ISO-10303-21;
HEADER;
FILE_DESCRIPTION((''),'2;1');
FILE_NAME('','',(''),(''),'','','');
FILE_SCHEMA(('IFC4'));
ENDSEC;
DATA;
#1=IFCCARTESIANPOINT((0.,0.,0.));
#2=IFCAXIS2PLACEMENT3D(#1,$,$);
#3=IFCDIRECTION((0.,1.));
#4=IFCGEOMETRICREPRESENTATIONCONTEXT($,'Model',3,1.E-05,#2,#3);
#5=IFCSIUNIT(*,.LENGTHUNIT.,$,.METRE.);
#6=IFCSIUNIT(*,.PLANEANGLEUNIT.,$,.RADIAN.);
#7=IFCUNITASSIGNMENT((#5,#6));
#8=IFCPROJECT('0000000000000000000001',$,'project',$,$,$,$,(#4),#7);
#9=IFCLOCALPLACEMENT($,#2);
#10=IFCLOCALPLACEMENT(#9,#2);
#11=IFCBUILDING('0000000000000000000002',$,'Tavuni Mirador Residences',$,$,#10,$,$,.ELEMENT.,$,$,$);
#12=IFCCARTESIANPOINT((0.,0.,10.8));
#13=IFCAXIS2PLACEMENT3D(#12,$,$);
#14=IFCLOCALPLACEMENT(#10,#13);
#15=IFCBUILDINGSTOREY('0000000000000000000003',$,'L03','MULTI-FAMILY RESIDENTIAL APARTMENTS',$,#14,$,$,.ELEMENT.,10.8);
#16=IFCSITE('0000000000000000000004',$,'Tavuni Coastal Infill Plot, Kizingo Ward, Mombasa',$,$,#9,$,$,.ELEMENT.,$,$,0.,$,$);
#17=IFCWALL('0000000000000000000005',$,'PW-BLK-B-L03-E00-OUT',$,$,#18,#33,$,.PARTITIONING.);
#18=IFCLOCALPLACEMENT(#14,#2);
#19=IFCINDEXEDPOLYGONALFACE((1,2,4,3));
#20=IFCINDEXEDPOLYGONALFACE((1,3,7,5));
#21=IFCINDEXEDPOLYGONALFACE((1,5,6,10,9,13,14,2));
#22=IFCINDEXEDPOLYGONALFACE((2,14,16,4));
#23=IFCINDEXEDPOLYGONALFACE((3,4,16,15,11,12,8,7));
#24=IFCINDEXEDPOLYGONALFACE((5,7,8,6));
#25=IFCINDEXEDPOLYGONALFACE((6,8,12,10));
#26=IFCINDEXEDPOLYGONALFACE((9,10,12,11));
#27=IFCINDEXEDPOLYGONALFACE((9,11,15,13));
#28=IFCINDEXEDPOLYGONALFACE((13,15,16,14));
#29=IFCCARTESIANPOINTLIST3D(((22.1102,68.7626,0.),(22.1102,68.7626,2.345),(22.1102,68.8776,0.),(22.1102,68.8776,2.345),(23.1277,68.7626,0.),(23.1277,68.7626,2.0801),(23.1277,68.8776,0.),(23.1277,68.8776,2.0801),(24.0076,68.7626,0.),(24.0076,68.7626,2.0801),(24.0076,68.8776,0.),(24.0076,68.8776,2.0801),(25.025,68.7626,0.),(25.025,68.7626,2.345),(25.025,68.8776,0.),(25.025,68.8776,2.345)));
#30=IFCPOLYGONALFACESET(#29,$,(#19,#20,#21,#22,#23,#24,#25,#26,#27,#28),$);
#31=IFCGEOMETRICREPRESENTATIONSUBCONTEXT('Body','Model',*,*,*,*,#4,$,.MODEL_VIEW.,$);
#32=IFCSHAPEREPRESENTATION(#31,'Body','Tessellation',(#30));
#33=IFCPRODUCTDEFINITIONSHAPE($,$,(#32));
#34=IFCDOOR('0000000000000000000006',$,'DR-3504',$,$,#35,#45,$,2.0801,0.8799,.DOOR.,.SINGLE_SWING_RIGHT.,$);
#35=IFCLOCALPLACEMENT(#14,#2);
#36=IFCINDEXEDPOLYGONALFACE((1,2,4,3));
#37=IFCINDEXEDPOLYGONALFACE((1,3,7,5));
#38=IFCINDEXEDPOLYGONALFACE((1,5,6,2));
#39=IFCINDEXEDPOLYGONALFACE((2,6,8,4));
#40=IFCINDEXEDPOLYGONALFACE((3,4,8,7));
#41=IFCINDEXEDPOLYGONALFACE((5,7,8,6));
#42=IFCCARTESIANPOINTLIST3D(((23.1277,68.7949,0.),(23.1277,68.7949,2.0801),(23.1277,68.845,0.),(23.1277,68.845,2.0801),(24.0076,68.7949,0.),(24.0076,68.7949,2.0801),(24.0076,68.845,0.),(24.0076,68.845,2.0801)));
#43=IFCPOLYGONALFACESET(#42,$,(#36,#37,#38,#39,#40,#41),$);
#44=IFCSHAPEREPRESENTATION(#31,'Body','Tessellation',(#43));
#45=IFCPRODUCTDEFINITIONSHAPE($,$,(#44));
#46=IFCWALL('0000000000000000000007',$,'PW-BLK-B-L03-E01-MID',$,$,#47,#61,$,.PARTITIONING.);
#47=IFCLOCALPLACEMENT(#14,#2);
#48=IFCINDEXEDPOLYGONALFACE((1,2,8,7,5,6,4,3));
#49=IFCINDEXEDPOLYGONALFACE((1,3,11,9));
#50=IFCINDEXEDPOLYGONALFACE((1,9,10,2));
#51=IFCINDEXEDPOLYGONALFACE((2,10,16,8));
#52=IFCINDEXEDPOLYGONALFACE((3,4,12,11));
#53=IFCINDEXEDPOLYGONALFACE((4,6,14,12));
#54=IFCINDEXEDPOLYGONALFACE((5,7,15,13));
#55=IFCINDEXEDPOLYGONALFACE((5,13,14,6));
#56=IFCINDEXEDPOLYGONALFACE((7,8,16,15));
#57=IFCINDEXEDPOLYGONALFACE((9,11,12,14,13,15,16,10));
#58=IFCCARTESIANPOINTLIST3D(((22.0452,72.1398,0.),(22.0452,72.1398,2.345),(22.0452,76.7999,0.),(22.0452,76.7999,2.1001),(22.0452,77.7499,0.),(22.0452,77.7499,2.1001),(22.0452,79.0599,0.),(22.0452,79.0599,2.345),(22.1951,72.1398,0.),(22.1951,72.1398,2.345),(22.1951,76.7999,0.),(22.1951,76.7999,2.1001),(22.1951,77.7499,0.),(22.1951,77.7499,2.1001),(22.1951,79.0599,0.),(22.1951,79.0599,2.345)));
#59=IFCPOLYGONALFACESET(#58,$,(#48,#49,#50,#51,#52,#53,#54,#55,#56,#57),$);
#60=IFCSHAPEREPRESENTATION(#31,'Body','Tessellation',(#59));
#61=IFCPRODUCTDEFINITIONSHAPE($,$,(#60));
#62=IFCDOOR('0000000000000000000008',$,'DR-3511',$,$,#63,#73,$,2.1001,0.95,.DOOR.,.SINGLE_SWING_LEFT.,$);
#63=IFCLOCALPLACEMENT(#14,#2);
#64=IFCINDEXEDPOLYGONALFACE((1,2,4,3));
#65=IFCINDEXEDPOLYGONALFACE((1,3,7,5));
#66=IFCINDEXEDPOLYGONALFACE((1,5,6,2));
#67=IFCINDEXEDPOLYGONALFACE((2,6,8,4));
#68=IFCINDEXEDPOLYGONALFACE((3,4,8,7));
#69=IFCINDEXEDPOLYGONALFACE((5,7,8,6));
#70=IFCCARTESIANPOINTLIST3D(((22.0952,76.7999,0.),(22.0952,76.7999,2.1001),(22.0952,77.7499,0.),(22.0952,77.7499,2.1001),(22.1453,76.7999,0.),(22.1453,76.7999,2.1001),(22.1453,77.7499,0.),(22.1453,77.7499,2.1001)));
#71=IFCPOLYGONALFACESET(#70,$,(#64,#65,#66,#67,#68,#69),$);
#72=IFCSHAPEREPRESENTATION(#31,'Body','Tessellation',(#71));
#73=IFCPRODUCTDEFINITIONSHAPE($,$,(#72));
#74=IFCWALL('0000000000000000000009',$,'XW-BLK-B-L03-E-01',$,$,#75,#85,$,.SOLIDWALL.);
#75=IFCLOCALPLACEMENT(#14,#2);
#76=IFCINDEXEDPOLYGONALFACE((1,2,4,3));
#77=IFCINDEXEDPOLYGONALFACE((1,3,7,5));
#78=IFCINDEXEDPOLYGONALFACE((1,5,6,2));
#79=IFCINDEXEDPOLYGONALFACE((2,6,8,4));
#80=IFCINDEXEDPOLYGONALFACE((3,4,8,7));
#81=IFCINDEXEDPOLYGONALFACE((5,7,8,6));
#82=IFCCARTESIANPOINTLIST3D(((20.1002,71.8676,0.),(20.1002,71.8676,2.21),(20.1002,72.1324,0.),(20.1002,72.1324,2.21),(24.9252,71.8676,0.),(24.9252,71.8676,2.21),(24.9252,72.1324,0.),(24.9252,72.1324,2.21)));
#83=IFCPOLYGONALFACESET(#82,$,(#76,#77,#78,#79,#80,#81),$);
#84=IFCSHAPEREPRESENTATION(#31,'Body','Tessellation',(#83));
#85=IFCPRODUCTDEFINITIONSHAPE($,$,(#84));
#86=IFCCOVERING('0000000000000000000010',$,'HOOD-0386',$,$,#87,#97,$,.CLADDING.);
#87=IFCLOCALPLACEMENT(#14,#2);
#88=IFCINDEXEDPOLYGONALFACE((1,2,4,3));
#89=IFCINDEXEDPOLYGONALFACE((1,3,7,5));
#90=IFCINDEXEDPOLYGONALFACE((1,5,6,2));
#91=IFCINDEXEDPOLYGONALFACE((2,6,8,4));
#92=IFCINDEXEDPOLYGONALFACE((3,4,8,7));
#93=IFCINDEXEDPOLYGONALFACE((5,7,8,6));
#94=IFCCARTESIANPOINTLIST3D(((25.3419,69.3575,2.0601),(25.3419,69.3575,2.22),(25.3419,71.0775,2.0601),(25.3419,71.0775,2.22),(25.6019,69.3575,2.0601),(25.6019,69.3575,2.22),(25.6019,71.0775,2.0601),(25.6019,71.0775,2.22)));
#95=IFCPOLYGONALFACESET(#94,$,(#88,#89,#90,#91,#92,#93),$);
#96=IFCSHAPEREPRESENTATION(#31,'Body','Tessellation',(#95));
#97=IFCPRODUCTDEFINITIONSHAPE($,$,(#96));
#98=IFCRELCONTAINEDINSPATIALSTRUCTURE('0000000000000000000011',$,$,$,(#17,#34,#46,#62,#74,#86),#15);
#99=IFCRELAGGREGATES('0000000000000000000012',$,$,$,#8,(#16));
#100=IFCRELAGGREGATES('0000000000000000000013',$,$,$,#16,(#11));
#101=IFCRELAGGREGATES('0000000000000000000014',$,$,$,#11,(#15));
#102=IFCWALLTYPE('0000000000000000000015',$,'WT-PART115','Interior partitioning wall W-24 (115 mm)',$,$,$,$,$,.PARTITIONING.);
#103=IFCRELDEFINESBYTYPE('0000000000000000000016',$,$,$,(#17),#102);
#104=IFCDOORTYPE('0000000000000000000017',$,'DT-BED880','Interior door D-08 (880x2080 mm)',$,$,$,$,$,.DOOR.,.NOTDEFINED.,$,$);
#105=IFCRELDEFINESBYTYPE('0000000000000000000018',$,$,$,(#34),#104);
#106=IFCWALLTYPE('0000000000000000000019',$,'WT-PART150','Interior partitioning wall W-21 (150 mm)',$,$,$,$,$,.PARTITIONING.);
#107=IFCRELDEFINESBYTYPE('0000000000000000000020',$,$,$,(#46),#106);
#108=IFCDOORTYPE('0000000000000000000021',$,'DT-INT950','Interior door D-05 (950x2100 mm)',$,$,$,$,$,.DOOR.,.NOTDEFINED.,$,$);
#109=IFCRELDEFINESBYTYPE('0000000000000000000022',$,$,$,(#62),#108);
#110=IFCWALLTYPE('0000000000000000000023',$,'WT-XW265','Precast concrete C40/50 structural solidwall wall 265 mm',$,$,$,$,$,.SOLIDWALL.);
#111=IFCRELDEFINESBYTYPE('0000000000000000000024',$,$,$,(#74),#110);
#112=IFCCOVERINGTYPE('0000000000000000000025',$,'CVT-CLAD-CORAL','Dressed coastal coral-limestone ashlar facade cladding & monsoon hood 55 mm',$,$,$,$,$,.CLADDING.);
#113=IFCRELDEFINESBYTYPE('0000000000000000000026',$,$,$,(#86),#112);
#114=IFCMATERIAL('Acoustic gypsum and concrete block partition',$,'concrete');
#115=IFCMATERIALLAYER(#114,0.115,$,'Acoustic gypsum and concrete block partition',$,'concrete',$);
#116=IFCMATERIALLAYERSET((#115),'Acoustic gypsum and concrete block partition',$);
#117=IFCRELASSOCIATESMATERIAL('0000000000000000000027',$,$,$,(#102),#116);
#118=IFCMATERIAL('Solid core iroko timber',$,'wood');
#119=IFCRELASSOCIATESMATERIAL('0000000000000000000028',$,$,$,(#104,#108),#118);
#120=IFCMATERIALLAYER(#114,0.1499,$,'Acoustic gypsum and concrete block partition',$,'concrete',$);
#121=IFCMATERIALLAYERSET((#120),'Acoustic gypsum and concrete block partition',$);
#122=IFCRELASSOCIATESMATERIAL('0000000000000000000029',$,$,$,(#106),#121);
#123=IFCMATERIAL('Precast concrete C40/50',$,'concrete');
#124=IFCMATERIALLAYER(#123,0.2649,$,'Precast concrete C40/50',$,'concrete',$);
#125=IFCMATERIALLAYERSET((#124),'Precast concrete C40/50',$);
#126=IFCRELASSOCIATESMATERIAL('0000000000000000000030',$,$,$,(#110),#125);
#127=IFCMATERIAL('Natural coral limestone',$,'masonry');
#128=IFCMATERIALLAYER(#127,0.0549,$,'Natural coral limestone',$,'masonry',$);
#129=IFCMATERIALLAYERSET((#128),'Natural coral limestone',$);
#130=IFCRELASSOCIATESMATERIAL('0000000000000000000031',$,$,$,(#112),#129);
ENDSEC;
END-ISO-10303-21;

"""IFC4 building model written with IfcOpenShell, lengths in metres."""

from ifc_helpers import new_model, si_unit, direction, frame, frame_2d, origin, origin_2d, place, context, subcontext, project, spatial, rectangle, extrude, material, layer, layer_set, type_object, element, fill, save


model = new_model("IFC4")

# Units and contexts
model_context = context("Model", 3, precision=1e-05, world=origin(), true_north=direction((0.0, 1.0)))
body_context = subcontext(model_context, "Body", "Model", "MODEL_VIEW")
ifc_project = project(units=[si_unit("LENGTHUNIT", "METRE"), si_unit("PLANEANGLEUNIT", "RADIAN")], contexts=[model_context])

# Site, building, storey
site_placement = place(None, origin())
site = spatial("IfcSite", under=ifc_project, at=site_placement, Name="Tavuni Coastal Infill Plot, Kizingo Ward, Mombasa", CompositionType="ELEMENT", RefElevation=0.0)
building_placement = place(site_placement, origin())
building = spatial("IfcBuilding", under=site, at=building_placement, Name="Tavuni Mirador Residences", CompositionType="ELEMENT")
storey_placement = place(building_placement, frame((0.0, 0.0, 10.8)))
storey = spatial("IfcBuildingStorey", under=building, at=storey_placement, Name="L03", Description="MULTI-FAMILY RESIDENTIAL APARTMENTS", CompositionType="ELEMENT", Elevation=10.8)

# Shared definitions
ifc_material_1 = material(Name="Precast concrete C40/50", Category="concrete")

# Shared definitions
ifc_material_2 = material(Name="Solid core iroko timber", Category="wood")

# Walls, openings, doors
ifc_material_3 = material(Name="Acoustic gypsum and concrete block partition", Category="concrete")
ifc_layer_1 = layer(ifc_material_3, 0.115, Name="Acoustic gypsum and concrete block partition", Category="concrete")
ifc_layer_set_1 = layer_set([ifc_layer_1], Name="Acoustic gypsum and concrete block partition")
wall_type_1 = type_object("IfcWallType", Name="WT-PART115", Description="Interior partitioning wall W-24 (115 mm)", PredefinedType="PARTITIONING", material=ifc_layer_set_1)
wall_1_placement = place(storey_placement, frame((22.1101, 68.8201, 0.0), z_axis=(0.0, 0.0, 1.0), x_axis=(1.0, 0.0, 0.0)))
wall_1 = element("IfcWall", 1, at=wall_1_placement, inside=storey, type_object=wall_type_1, Name="PW-BLK-B-L03-E00-OUT", PredefinedType="PARTITIONING", context=body_context, shape_type="SweptSolid", body=[
    extrude(rectangle(XDim=2.9148, YDim=0.115, at=frame_2d((1.4575, 0.0))), origin(), (0.0, 0.0, 1.0), 2.345),
])
opening_1_placement = place(wall_1_placement, frame((1.0176, 0.0, 0.0)))
opening_1 = element("IfcOpeningElement", 2, at=opening_1_placement, cuts=wall_1, PredefinedType="OPENING", context=body_context, shape_type="SweptSolid", body=[
    extrude(rectangle(XDim=0.8799, YDim=2.0801, at=frame_2d((0.4399, 1.04))), frame((0.0, 0.0674, 0.0), z_axis=(0.0, -1.0, 0.0), x_axis=(1.0, 0.0, 0.0)), (0.0, 0.0, 1.0), 0.135),
])
door_type_1 = type_object("IfcDoorType", Name="DT-BED880", Description="Interior door D-08 (880x2080 mm)", OperationType="NOTDEFINED", PredefinedType="DOOR", material=ifc_material_2)
door_1_placement = place(opening_1_placement, origin())
door_1 = element("IfcDoor", 3, at=door_1_placement, inside=storey, type_object=door_type_1, Name="DR-3504", OperationType="SINGLE_SWING_RIGHT", OverallHeight=2.0801, OverallWidth=0.8799, PredefinedType="DOOR", context=body_context, shape_type="SweptSolid", body=[
    extrude(rectangle(XDim=0.8799, YDim=2.0801, at=frame_2d((0.4399, 1.04))), frame((0.0, 0.0249, 0.0), z_axis=(0.0, -1.0, 0.0), x_axis=(1.0, 0.0, 0.0)), (0.0, 0.0, 1.0), 0.05),
])
fill(opening_1, door_1)
ifc_layer_2 = layer(ifc_material_3, 0.1499, Name="Acoustic gypsum and concrete block partition", Category="concrete")
ifc_layer_set_2 = layer_set([ifc_layer_2], Name="Acoustic gypsum and concrete block partition")
wall_type_2 = type_object("IfcWallType", Name="WT-PART150", Description="Interior partitioning wall W-21 (150 mm)", PredefinedType="PARTITIONING", material=ifc_layer_set_2)
wall_2_placement = place(storey_placement, frame((22.1201, 72.1399, 0.0), z_axis=(0.0, 0.0, 1.0), x_axis=(0.0, 1.0, 0.0)))
wall_2 = element("IfcWall", 4, at=wall_2_placement, inside=storey, type_object=wall_type_2, Name="PW-BLK-B-L03-E01-MID", PredefinedType="PARTITIONING", context=body_context, shape_type="SweptSolid", body=[
    extrude(rectangle(XDim=6.9202, YDim=0.1499, at=frame_2d((3.46, 0.0))), origin(), (0.0, 0.0, 1.0), 2.345),
])
opening_2_placement = place(wall_2_placement, frame((4.6599, 0.0, 0.0)))
opening_2 = element("IfcOpeningElement", 5, at=opening_2_placement, cuts=wall_2, PredefinedType="OPENING", context=body_context, shape_type="SweptSolid", body=[
    extrude(rectangle(XDim=0.95, YDim=2.1001, at=frame_2d((0.4751, 1.05))), frame((0.0, 0.085, 0.0), z_axis=(0.0, -1.0, 0.0), x_axis=(1.0, 0.0, 0.0)), (0.0, 0.0, 1.0), 0.1699),
])
door_type_2 = type_object("IfcDoorType", Name="DT-INT950", Description="Interior door D-05 (950x2100 mm)", OperationType="NOTDEFINED", PredefinedType="DOOR", material=ifc_material_2)
door_2_placement = place(opening_2_placement, origin())
door_2 = element("IfcDoor", 6, at=door_2_placement, inside=storey, type_object=door_type_2, Name="DR-3511", OperationType="SINGLE_SWING_LEFT", OverallHeight=2.1001, OverallWidth=0.95, PredefinedType="DOOR", context=body_context, shape_type="SweptSolid", body=[
    extrude(rectangle(XDim=0.95, YDim=2.1001, at=frame_2d((0.4751, 1.05))), frame((0.0, 0.0249, 0.0), z_axis=(0.0, -1.0, 0.0), x_axis=(1.0, 0.0, 0.0)), (0.0, 0.0, 1.0), 0.05),
])
fill(opening_2, door_2)

# Wall
ifc_layer_3 = layer(ifc_material_1, 0.2649, Name="Precast concrete C40/50", Category="concrete")
ifc_layer_set_3 = layer_set([ifc_layer_3], Name="Precast concrete C40/50")
wall_type_3 = type_object("IfcWallType", Name="WT-XW265", Description="Precast concrete C40/50 structural solidwall wall 265 mm", PredefinedType="SOLIDWALL", material=ifc_layer_set_3)
wall_3_placement = place(storey_placement, frame((20.1001, 72.0, 0.0), z_axis=(0.0, 0.0, 1.0), x_axis=(1.0, 0.0, 0.0)))
element("IfcWall", 7, at=wall_3_placement, inside=storey, type_object=wall_type_3, Name="XW-BLK-B-L03-E-01", PredefinedType="SOLIDWALL", context=body_context, shape_type="SweptSolid", body=[
    extrude(rectangle(XDim=4.825, YDim=0.2649, at=frame_2d((2.4126, 0.0))), origin(), (0.0, 0.0, 1.0), 2.21),
])

# Covering
ifc_material_4 = material(Name="Natural coral limestone", Category="masonry")
ifc_layer_4 = layer(ifc_material_4, 0.0549, Name="Natural coral limestone", Category="masonry")
ifc_layer_set_4 = layer_set([ifc_layer_4], Name="Natural coral limestone")
covering_type = type_object("IfcCoveringType", Name="CVT-CLAD-CORAL", Description="Dressed coastal coral-limestone ashlar facade cladding & monsoon hood 55 mm", PredefinedType="CLADDING", material=ifc_layer_set_4)
covering_placement = place(storey_placement, frame((25.4719, 70.2175, 2.0601), z_axis=(0.0, 0.0, 1.0), x_axis=(0.0, 1.0, 0.0)))
element("IfcCovering", 8, at=covering_placement, inside=storey, type_object=covering_type, Name="HOOD-0386", PredefinedType="CLADDING", context=body_context, shape_type="SweptSolid", body=[
    extrude(rectangle(XDim=1.72, YDim=0.26, at=origin_2d()), origin(), (0.0, 0.0, 1.0), 0.1599),
])

save(model, "model.ifc")
